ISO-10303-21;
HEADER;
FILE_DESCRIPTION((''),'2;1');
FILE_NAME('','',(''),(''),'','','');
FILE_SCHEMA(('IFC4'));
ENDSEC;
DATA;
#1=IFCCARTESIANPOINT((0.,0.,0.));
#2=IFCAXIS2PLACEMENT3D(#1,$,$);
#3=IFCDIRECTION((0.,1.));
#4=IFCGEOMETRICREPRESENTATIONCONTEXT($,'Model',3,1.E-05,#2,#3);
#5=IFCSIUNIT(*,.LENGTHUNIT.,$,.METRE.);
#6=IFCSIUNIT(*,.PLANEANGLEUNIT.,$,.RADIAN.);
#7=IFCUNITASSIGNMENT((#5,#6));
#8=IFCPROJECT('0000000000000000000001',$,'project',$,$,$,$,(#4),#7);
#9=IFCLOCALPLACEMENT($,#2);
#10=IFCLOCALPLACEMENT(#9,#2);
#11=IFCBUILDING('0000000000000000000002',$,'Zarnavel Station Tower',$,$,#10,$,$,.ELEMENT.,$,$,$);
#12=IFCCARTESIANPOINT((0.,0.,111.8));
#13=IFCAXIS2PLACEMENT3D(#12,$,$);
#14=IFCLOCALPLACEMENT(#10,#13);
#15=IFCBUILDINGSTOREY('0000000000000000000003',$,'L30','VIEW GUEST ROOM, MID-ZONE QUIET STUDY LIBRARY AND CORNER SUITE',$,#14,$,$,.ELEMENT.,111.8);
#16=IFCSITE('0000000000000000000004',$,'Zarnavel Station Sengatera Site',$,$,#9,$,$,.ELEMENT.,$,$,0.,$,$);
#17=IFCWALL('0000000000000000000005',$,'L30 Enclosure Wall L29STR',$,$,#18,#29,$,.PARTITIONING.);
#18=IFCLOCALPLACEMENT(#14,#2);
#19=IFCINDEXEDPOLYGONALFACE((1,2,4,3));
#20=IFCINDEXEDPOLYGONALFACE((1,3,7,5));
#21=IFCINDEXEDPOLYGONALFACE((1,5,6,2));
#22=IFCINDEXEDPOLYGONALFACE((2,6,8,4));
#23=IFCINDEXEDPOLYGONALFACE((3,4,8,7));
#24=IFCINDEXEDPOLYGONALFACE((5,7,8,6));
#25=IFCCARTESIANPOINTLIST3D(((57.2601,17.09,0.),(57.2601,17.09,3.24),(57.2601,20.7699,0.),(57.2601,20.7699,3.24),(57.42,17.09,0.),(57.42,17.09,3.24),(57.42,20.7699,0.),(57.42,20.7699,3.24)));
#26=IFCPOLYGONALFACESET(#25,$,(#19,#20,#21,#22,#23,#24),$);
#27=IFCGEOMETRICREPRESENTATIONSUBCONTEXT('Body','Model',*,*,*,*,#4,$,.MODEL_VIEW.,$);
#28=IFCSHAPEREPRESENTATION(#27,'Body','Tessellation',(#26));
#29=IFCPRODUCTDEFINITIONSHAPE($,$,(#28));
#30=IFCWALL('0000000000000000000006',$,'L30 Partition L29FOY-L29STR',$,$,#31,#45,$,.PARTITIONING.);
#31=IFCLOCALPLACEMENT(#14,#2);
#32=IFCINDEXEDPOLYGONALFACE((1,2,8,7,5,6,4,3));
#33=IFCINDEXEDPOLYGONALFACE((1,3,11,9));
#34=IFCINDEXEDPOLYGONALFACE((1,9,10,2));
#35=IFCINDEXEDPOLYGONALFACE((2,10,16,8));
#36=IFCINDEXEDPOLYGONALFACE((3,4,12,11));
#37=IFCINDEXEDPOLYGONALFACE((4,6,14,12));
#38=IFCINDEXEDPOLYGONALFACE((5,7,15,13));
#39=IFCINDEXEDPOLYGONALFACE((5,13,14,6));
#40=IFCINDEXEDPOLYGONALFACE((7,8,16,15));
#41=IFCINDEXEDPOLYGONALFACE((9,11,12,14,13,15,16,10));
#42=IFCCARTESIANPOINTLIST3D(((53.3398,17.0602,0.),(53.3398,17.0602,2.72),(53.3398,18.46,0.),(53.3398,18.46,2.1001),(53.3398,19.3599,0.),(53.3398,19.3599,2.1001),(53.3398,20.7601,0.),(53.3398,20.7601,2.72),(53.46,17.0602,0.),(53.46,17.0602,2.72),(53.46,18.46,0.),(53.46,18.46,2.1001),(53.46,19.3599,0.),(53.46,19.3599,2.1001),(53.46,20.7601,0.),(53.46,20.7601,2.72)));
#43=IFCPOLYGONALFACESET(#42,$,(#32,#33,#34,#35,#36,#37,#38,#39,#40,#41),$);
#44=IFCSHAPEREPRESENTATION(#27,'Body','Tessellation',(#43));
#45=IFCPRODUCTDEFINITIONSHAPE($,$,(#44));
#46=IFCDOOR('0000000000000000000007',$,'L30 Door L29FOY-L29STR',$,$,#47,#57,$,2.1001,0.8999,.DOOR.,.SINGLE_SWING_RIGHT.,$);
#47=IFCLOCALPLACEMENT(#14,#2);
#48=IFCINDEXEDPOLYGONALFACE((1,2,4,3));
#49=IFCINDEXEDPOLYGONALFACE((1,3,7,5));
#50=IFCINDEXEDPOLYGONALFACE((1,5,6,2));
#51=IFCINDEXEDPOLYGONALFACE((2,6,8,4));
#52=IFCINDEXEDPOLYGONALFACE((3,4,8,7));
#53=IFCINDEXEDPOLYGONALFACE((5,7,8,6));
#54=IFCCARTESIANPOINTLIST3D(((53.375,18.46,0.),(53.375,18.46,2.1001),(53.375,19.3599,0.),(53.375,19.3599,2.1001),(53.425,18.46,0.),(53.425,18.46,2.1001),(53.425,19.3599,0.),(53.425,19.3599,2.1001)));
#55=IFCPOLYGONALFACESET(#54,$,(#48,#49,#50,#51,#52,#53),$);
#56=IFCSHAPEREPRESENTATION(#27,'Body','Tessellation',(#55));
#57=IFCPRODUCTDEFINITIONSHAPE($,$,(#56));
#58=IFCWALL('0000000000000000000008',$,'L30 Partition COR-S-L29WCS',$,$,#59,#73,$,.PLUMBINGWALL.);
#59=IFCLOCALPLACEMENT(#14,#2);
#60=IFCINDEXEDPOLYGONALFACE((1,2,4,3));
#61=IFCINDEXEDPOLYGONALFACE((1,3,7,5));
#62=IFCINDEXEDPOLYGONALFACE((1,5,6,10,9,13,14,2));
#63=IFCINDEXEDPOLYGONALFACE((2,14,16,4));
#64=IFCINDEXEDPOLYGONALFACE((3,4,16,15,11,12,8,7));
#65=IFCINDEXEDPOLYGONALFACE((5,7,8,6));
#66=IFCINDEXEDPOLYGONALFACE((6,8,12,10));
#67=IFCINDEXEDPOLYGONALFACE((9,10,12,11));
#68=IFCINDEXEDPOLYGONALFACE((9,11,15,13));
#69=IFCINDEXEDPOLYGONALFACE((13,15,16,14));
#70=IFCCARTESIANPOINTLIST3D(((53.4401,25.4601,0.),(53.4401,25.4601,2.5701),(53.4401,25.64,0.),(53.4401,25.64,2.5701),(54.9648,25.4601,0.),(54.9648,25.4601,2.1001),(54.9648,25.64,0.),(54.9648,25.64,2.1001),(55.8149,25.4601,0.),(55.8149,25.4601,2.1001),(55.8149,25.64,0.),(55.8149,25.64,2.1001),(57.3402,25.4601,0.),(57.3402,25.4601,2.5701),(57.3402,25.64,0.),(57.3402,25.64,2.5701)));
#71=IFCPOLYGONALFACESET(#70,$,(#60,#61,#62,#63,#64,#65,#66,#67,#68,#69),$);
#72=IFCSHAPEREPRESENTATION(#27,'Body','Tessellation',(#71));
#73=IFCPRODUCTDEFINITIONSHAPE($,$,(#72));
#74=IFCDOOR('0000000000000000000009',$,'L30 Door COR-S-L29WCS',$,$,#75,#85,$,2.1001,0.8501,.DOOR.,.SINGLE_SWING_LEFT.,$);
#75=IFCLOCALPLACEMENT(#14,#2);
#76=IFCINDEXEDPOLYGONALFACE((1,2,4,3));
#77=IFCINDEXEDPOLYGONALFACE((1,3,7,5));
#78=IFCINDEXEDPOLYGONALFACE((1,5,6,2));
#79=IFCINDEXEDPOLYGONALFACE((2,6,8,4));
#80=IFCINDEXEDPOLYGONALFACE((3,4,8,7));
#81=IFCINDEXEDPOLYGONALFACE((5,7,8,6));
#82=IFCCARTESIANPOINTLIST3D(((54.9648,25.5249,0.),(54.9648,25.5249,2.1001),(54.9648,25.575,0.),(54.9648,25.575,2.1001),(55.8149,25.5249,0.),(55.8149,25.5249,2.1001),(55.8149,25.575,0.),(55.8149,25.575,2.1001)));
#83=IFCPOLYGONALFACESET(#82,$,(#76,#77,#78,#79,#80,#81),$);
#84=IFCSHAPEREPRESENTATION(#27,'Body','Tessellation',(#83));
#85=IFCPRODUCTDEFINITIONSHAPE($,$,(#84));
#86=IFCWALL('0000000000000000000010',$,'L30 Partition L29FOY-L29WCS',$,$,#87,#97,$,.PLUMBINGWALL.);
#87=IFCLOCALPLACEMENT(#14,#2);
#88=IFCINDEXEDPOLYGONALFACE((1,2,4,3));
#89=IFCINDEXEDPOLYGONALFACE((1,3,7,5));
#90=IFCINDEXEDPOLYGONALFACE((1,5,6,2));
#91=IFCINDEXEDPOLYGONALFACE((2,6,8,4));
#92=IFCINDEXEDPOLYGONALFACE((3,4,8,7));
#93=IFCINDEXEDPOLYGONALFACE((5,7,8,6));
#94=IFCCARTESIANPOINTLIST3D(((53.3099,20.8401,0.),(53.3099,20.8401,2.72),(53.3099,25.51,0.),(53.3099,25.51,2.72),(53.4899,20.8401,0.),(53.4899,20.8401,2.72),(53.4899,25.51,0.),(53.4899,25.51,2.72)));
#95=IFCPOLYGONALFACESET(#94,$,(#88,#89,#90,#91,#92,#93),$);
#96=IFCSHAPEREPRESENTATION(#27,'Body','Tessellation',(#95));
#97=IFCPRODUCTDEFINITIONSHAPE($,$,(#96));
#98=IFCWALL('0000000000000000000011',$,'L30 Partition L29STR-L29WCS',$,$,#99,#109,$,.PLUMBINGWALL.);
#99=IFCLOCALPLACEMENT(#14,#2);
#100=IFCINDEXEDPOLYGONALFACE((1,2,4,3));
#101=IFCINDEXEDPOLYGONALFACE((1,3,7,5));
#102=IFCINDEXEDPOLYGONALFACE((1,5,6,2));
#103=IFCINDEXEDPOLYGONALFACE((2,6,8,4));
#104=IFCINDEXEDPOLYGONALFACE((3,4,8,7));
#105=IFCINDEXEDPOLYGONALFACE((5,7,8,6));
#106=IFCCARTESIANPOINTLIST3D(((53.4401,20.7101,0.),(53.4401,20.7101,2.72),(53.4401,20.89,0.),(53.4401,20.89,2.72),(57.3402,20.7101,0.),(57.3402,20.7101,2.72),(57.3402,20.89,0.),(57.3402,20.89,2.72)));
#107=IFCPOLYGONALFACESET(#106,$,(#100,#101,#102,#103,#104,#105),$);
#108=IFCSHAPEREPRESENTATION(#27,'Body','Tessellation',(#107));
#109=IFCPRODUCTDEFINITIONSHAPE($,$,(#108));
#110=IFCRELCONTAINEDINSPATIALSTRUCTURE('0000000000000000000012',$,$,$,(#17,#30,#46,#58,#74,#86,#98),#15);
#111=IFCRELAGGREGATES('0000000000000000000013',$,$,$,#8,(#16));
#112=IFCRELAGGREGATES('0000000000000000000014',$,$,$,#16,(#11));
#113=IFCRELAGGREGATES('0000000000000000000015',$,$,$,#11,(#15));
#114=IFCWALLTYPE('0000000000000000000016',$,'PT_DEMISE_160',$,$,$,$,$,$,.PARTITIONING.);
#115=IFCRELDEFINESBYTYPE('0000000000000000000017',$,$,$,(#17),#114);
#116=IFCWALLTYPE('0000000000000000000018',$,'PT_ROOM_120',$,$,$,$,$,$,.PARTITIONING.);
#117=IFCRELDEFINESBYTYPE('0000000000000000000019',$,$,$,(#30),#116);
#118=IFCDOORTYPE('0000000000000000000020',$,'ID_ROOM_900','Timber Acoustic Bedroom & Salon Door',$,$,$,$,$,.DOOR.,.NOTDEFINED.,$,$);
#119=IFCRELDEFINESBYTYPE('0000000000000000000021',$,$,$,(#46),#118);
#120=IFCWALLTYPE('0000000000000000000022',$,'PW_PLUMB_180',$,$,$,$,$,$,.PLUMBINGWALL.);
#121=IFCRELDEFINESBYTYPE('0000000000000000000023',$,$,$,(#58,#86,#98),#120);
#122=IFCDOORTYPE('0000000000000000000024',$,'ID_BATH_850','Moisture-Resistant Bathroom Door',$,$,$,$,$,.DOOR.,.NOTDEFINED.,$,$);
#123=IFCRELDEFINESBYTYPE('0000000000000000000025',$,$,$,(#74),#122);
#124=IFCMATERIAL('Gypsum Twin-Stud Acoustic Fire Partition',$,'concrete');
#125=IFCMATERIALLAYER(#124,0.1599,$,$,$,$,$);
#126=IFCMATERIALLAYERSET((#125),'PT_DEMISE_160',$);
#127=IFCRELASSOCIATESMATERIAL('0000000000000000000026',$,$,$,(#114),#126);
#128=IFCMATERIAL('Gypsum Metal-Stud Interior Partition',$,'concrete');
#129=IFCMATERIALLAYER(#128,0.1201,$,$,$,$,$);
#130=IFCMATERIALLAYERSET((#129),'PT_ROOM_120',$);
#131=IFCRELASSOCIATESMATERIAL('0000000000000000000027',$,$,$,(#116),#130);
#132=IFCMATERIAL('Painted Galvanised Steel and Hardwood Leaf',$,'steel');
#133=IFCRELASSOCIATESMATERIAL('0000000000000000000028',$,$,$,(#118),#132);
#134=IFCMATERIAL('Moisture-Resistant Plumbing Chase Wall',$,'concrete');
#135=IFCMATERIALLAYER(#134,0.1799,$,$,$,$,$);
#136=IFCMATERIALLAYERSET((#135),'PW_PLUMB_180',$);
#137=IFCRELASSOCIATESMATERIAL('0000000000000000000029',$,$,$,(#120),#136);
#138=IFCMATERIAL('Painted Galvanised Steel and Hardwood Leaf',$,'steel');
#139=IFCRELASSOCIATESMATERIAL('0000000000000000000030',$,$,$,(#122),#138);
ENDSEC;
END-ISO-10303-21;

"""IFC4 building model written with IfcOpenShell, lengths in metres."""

from ifc_helpers import new_model, si_unit, direction, frame, frame_2d, origin, place, context, subcontext, project, spatial, rectangle, extrude, material, layer, layer_set, type_object, element, fill, save


model = new_model("IFC4")

# Units and contexts
model_context = context("Model", 3, precision=1e-05, world=origin(), true_north=direction((0.0, 1.0)))
body_context = subcontext(model_context, "Body", "Model", "MODEL_VIEW")
ifc_project = project(units=[si_unit("LENGTHUNIT", "METRE"), si_unit("PLANEANGLEUNIT", "RADIAN")], contexts=[model_context])

# Site, building, storey
site_placement = place(None, origin())
site = spatial("IfcSite", under=ifc_project, at=site_placement, Name="Zarnavel Station Sengatera Site", CompositionType="ELEMENT", RefElevation=0.0)
building_placement = place(site_placement, origin())
building = spatial("IfcBuilding", under=site, at=building_placement, Name="Zarnavel Station Tower", CompositionType="ELEMENT")
storey_placement = place(building_placement, frame((0.0, 0.0, 111.8)))
storey = spatial("IfcBuildingStorey", under=building, at=storey_placement, Name="L30", Description="VIEW GUEST ROOM, MID-ZONE QUIET STUDY LIBRARY AND CORNER SUITE", CompositionType="ELEMENT", Elevation=111.8)

# Shared definitions
ifc_material_1 = material(Name="Gypsum Twin-Stud Acoustic Fire Partition", Category="concrete")
ifc_layer_1 = layer(ifc_material_1, 0.1599)
ifc_layer_set_1 = layer_set([ifc_layer_1], Name="PT_DEMISE_160")
wall_type_1 = type_object("IfcWallType", Name="PT_DEMISE_160", PredefinedType="PARTITIONING", material=ifc_layer_set_1)

# Wall
wall_1_placement = place(storey_placement, frame((57.3401, 17.0901, 0.0), z_axis=(0.0, 0.0, 1.0), x_axis=(0.0, 1.0, 0.0)))
element("IfcWall", 1, at=wall_1_placement, inside=storey, type_object=wall_type_1, Name="L30 Enclosure Wall L29STR", PredefinedType="PARTITIONING", context=body_context, shape_type="SweptSolid", body=[
    extrude(rectangle(XDim=3.6799, YDim=0.1599, at=frame_2d((1.8398, 0.0))), origin(), (0.0, 0.0, 1.0), 3.24),
])

# Walls, openings, doors
ifc_material_2 = material(Name="Gypsum Metal-Stud Interior Partition", Category="concrete")
ifc_layer_2 = layer(ifc_material_2, 0.1201)
ifc_layer_set_2 = layer_set([ifc_layer_2], Name="PT_ROOM_120")
wall_type_2 = type_object("IfcWallType", Name="PT_ROOM_120", PredefinedType="PARTITIONING", material=ifc_layer_set_2)
wall_2_placement = place(storey_placement, frame((53.3999, 17.0601, 0.0), z_axis=(0.0, 0.0, 1.0), x_axis=(0.0, 1.0, 0.0)))
wall_2 = element("IfcWall", 2, at=wall_2_placement, inside=storey, type_object=wall_type_2, Name="L30 Partition L29FOY-L29STR", PredefinedType="PARTITIONING", context=body_context, shape_type="SweptSolid", body=[
    extrude(rectangle(XDim=3.7, YDim=0.1201, at=frame_2d((1.8501, 0.0))), origin(), (0.0, 0.0, 1.0), 2.72),
])
opening_1_placement = place(wall_2_placement, frame((1.3999, 0.0, 0.0)))
opening_1 = element("IfcOpeningElement", 3, at=opening_1_placement, cuts=wall_2, PredefinedType="OPENING", context=body_context, shape_type="SweptSolid", body=[
    extrude(rectangle(XDim=0.8999, YDim=2.1001, at=frame_2d((0.45, 1.05))), frame((0.0, 0.0701, 0.0), z_axis=(0.0, -1.0, 0.0), x_axis=(1.0, 0.0, 0.0)), (0.0, 0.0, 1.0), 0.1401),
])
ifc_material_3 = material(Name="Painted Galvanised Steel and Hardwood Leaf", Category="steel")
door_type_1 = type_object("IfcDoorType", Name="ID_ROOM_900", Description="Timber Acoustic Bedroom & Salon Door", OperationType="NOTDEFINED", PredefinedType="DOOR", material=ifc_material_3)
door_1_placement = place(opening_1_placement, origin())
door_1 = element("IfcDoor", 4, at=door_1_placement, inside=storey, type_object=door_type_1, Name="L30 Door L29FOY-L29STR", OperationType="SINGLE_SWING_RIGHT", OverallHeight=2.1001, OverallWidth=0.8999, PredefinedType="DOOR", context=body_context, shape_type="SweptSolid", body=[
    extrude(rectangle(XDim=0.8999, YDim=2.1001, at=frame_2d((0.45, 1.05))), frame((0.0, 0.0249, 0.0), z_axis=(0.0, -1.0, 0.0), x_axis=(1.0, 0.0, 0.0)), (0.0, 0.0, 1.0), 0.05),
])
fill(opening_1, door_1)
ifc_material_4 = material(Name="Moisture-Resistant Plumbing Chase Wall", Category="concrete")
ifc_layer_3 = layer(ifc_material_4, 0.1799)
ifc_layer_set_3 = layer_set([ifc_layer_3], Name="PW_PLUMB_180")
wall_type_3 = type_object("IfcWallType", Name="PW_PLUMB_180", PredefinedType="PLUMBINGWALL", material=ifc_layer_set_3)
wall_3_placement = place(storey_placement, frame((53.4399, 25.55, 0.0), z_axis=(0.0, 0.0, 1.0), x_axis=(1.0, 0.0, 0.0)))
wall_3 = element("IfcWall", 5, at=wall_3_placement, inside=storey, type_object=wall_type_3, Name="L30 Partition COR-S-L29WCS", PredefinedType="PLUMBINGWALL", context=body_context, shape_type="SweptSolid", body=[
    extrude(rectangle(XDim=3.9001, YDim=0.1799, at=frame_2d((1.9502, 0.0))), origin(), (0.0, 0.0, 1.0), 2.5701),
])
opening_2_placement = place(wall_3_placement, frame((1.5249, 0.0, 0.0)))
opening_2 = element("IfcOpeningElement", 6, at=opening_2_placement, cuts=wall_3, PredefinedType="OPENING", context=body_context, shape_type="SweptSolid", body=[
    extrude(rectangle(XDim=0.8501, YDim=2.1001, at=frame_2d((0.425, 1.05))), frame((0.0, 0.0999, 0.0), z_axis=(0.0, -1.0, 0.0), x_axis=(1.0, 0.0, 0.0)), (0.0, 0.0, 1.0), 0.2),
])
ifc_material_5 = material(Name="Painted Galvanised Steel and Hardwood Leaf", Category="steel")
door_type_2 = type_object("IfcDoorType", Name="ID_BATH_850", Description="Moisture-Resistant Bathroom Door", OperationType="NOTDEFINED", PredefinedType="DOOR", material=ifc_material_5)
door_2_placement = place(opening_2_placement, origin())
door_2 = element("IfcDoor", 7, at=door_2_placement, inside=storey, type_object=door_type_2, Name="L30 Door COR-S-L29WCS", OperationType="SINGLE_SWING_LEFT", OverallHeight=2.1001, OverallWidth=0.8501, PredefinedType="DOOR", context=body_context, shape_type="SweptSolid", body=[
    extrude(rectangle(XDim=0.8501, YDim=2.1001, at=frame_2d((0.425, 1.05))), frame((0.0, 0.0249, 0.0), z_axis=(0.0, -1.0, 0.0), x_axis=(1.0, 0.0, 0.0)), (0.0, 0.0, 1.0), 0.05),
])
fill(opening_2, door_2)

# Walls
wall_4_placement = place(storey_placement, frame((53.3999, 20.8401, 0.0), z_axis=(0.0, 0.0, 1.0), x_axis=(0.0, 1.0, 0.0)))
element("IfcWall", 8, at=wall_4_placement, inside=storey, type_object=wall_type_3, Name="L30 Partition L29FOY-L29WCS", PredefinedType="PLUMBINGWALL", context=body_context, shape_type="SweptSolid", body=[
    extrude(rectangle(XDim=4.6699, YDim=0.1799, at=frame_2d((2.335, 0.0))), origin(), (0.0, 0.0, 1.0), 2.72),
])
wall_5_placement = place(storey_placement, frame((53.4399, 20.8, 0.0), z_axis=(0.0, 0.0, 1.0), x_axis=(1.0, 0.0, 0.0)))
element("IfcWall", 9, at=wall_5_placement, inside=storey, type_object=wall_type_3, Name="L30 Partition L29STR-L29WCS", PredefinedType="PLUMBINGWALL", context=body_context, shape_type="SweptSolid", body=[
    extrude(rectangle(XDim=3.9001, YDim=0.1799, at=frame_2d((1.9502, 0.0))), origin(), (0.0, 0.0, 1.0), 2.72),
])

save(model, "model.ifc")
